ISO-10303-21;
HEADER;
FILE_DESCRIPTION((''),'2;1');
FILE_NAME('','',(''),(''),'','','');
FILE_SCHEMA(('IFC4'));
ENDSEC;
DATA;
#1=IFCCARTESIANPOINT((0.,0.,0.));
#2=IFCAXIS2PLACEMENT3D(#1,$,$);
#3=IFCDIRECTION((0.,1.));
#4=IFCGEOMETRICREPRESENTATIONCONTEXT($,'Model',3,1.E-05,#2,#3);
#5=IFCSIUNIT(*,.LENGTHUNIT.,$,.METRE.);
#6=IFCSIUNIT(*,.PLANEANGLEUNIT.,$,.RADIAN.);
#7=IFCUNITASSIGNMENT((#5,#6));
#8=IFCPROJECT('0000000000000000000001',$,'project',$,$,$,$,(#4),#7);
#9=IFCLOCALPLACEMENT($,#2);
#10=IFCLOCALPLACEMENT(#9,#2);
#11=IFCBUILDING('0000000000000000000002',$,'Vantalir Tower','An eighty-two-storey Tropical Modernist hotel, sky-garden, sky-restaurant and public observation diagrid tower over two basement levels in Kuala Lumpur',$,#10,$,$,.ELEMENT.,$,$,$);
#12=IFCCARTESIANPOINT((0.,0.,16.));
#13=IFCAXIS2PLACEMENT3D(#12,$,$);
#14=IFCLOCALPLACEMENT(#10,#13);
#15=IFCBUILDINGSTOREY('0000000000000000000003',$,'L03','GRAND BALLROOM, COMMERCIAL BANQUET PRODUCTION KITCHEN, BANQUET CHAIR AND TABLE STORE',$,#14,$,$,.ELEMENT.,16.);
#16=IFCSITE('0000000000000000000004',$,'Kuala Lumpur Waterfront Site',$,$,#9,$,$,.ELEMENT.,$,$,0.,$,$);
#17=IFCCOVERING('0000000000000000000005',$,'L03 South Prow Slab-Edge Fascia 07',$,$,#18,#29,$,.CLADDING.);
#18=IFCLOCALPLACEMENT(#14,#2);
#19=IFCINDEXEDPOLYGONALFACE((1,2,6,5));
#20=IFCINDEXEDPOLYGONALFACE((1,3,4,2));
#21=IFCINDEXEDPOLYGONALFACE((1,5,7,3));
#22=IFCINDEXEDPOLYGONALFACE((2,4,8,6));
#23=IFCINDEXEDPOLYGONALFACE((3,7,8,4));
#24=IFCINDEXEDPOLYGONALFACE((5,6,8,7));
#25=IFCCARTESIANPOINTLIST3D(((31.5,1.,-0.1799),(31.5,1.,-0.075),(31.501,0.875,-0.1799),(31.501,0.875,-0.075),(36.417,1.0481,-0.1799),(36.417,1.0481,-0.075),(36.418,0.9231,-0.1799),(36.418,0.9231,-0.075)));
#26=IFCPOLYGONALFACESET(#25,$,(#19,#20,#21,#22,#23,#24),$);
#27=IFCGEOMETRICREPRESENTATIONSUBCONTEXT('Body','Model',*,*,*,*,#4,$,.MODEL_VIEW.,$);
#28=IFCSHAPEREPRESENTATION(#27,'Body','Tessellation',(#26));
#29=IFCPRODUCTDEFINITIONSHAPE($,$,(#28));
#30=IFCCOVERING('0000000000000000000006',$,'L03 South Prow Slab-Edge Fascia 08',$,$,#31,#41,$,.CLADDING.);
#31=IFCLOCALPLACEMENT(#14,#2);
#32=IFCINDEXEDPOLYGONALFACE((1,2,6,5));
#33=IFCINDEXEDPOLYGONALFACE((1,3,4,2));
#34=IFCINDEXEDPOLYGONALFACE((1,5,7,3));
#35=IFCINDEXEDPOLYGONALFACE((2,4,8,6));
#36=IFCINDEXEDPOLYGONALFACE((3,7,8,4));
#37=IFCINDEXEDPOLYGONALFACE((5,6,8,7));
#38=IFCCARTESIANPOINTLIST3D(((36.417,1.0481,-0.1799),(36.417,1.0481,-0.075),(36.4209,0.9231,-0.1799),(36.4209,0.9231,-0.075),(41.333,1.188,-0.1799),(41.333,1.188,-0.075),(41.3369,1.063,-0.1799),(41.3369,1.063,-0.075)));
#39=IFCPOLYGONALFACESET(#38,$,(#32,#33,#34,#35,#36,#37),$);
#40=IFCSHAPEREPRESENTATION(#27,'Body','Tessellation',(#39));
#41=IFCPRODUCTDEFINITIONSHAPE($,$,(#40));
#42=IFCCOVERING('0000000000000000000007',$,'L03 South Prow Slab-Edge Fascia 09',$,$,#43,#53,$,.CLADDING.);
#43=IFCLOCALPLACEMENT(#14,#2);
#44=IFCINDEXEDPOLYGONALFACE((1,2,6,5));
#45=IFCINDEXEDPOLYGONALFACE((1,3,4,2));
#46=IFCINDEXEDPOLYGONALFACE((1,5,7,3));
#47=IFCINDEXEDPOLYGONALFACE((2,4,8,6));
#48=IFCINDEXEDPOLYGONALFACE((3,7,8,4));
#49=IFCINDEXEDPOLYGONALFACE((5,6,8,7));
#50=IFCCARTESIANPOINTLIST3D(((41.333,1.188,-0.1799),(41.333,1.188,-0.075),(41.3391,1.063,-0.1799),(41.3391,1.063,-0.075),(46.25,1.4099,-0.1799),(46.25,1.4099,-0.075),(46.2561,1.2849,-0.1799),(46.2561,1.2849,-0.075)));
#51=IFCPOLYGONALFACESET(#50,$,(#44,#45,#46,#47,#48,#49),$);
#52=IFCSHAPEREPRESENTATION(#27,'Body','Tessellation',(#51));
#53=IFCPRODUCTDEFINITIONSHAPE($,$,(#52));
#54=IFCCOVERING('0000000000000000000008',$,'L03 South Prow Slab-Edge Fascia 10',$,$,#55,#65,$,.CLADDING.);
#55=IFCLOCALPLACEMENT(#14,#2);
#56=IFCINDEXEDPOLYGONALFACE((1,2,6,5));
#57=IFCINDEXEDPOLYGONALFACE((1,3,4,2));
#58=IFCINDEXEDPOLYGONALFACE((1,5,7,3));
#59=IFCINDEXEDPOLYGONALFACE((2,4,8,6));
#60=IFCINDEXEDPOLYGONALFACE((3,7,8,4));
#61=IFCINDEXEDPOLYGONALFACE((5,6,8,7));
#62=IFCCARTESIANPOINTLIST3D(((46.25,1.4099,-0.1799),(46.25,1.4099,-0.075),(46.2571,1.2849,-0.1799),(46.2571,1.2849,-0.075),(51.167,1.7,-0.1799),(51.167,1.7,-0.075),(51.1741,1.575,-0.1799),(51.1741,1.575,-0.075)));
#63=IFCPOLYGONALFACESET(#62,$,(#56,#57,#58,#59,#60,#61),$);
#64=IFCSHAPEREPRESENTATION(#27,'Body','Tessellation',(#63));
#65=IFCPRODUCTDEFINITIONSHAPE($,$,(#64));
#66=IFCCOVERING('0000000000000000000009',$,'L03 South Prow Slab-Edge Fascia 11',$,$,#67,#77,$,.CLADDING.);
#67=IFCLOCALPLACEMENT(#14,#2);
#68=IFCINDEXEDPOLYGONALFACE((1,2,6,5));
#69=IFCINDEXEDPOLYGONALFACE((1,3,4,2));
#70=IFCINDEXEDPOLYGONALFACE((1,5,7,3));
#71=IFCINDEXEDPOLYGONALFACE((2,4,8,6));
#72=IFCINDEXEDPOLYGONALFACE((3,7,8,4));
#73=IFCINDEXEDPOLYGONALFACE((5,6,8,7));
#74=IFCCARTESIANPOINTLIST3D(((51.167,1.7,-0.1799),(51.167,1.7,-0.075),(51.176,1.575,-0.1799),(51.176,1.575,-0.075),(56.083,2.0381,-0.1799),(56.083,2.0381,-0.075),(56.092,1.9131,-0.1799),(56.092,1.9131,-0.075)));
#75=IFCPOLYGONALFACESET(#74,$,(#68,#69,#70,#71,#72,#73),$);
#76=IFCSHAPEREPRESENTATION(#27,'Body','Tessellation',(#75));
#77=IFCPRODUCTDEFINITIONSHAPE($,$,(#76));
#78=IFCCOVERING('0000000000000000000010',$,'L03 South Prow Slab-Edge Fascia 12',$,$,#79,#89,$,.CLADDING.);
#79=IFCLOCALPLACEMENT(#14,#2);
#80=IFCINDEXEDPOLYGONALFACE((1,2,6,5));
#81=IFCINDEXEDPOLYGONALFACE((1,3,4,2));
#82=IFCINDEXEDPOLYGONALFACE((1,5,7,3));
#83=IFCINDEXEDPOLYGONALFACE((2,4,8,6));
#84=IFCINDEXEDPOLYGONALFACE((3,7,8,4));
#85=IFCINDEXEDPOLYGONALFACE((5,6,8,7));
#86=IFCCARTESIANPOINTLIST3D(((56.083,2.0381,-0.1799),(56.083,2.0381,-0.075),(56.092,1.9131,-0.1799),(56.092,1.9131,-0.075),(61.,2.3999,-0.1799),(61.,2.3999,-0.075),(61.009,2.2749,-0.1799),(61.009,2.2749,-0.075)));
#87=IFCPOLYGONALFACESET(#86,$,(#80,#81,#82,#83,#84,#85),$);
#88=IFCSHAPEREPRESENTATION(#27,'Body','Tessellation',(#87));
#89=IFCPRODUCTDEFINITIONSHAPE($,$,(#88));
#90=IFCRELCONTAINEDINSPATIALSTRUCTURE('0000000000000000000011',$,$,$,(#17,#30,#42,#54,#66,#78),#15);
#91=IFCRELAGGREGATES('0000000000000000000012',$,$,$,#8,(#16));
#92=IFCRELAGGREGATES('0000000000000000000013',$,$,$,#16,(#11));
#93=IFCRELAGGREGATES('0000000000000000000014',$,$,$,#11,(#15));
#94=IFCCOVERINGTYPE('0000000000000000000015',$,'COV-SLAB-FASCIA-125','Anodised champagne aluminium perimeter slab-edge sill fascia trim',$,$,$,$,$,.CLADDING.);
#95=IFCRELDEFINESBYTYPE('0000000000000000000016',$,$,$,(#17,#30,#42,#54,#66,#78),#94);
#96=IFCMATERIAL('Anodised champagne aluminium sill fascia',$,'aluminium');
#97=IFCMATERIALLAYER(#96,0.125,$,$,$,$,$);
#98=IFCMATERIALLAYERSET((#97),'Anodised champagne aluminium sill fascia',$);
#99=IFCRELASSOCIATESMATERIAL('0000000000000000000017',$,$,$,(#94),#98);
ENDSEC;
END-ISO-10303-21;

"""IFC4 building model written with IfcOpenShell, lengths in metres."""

from ifc_helpers import new_model, si_unit, direction, frame, origin, place, context, subcontext, project, spatial, polyline, outline, extrude, material, layer, layer_set, type_object, element, save


model = new_model("IFC4")

# Units and contexts
model_context = context("Model", 3, precision=1e-05, world=origin(), true_north=direction((0.0, 1.0)))
body_context = subcontext(model_context, "Body", "Model", "MODEL_VIEW")
ifc_project = project(units=[si_unit("LENGTHUNIT", "METRE"), si_unit("PLANEANGLEUNIT", "RADIAN")], contexts=[model_context])

# Site, building, storey
site_placement = place(None, origin())
site = spatial("IfcSite", under=ifc_project, at=site_placement, Name="Kuala Lumpur Waterfront Site", CompositionType="ELEMENT", RefElevation=0.0)
building_placement = place(site_placement, origin())
building = spatial("IfcBuilding", under=site, at=building_placement, Name="Vantalir Tower", Description="An eighty-two-storey Tropical Modernist hotel, sky-garden, sky-restaurant and public observation diagrid tower over two basement levels in Kuala Lumpur", CompositionType="ELEMENT")
storey_placement = place(building_placement, frame((0.0, 0.0, 16.0)))
storey = spatial("IfcBuildingStorey", under=building, at=storey_placement, Name="L03", Description="GRAND BALLROOM, COMMERCIAL BANQUET PRODUCTION KITCHEN, BANQUET CHAIR AND TABLE STORE", CompositionType="ELEMENT", Elevation=16.0)

# Coverings
ifc_material_1 = material(Name="Anodised champagne aluminium sill fascia", Category="aluminium")
ifc_layer_1 = layer(ifc_material_1, 0.125)
ifc_layer_set_1 = layer_set([ifc_layer_1], Name="Anodised champagne aluminium sill fascia")
covering_type_1 = type_object("IfcCoveringType", Name="COV-SLAB-FASCIA-125", Description="Anodised champagne aluminium perimeter slab-edge sill fascia trim", PredefinedType="CLADDING", material=ifc_layer_set_1)
covering_1_placement = place(storey_placement, frame((0.0, 0.0, -0.1799)))
element("IfcCovering", 1, at=covering_1_placement, inside=storey, type_object=covering_type_1, Name="L03 South Prow Slab-Edge Fascia 07", PredefinedType="CLADDING", context=body_context, shape_type="SweptSolid", body=[
    extrude(outline(polyline([(31.5, 1.0), (31.501, 0.875), (36.418, 0.9231), (36.417, 1.0481), (31.5, 1.0)])), origin(), (0.0, 0.0, 1.0), 0.105),
])
covering_2_placement = place(storey_placement, frame((0.0, 0.0, -0.1799)))
element("IfcCovering", 2, at=covering_2_placement, inside=storey, type_object=covering_type_1, Name="L03 South Prow Slab-Edge Fascia 08", PredefinedType="CLADDING", context=body_context, shape_type="SweptSolid", body=[
    extrude(outline(polyline([(36.417, 1.0481), (36.4209, 0.9231), (41.3369, 1.063), (41.333, 1.188), (36.417, 1.0481)])), origin(), (0.0, 0.0, 1.0), 0.105),
])
covering_3_placement = place(storey_placement, frame((0.0, 0.0, -0.1799)))
element("IfcCovering", 3, at=covering_3_placement, inside=storey, type_object=covering_type_1, Name="L03 South Prow Slab-Edge Fascia 09", PredefinedType="CLADDING", context=body_context, shape_type="SweptSolid", body=[
    extrude(outline(polyline([(41.333, 1.188), (41.3391, 1.063), (46.2561, 1.2849), (46.25, 1.4099), (41.333, 1.188)])), origin(), (0.0, 0.0, 1.0), 0.105),
])
covering_4_placement = place(storey_placement, frame((0.0, 0.0, -0.1799)))
element("IfcCovering", 4, at=covering_4_placement, inside=storey, type_object=covering_type_1, Name="L03 South Prow Slab-Edge Fascia 10", PredefinedType="CLADDING", context=body_context, shape_type="SweptSolid", body=[
    extrude(outline(polyline([(46.25, 1.4099), (46.2571, 1.2849), (51.1741, 1.575), (51.167, 1.7), (46.25, 1.4099)])), origin(), (0.0, 0.0, 1.0), 0.105),
])
covering_5_placement = place(storey_placement, frame((0.0, 0.0, -0.1799)))
element("IfcCovering", 5, at=covering_5_placement, inside=storey, type_object=covering_type_1, Name="L03 South Prow Slab-Edge Fascia 11", PredefinedType="CLADDING", context=body_context, shape_type="SweptSolid", body=[
    extrude(outline(polyline([(51.167, 1.7), (51.176, 1.575), (56.092, 1.9131), (56.083, 2.0381), (51.167, 1.7)])), origin(), (0.0, 0.0, 1.0), 0.105),
])
covering_6_placement = place(storey_placement, frame((0.0, 0.0, -0.1799)))
element("IfcCovering", 6, at=covering_6_placement, inside=storey, type_object=covering_type_1, Name="L03 South Prow Slab-Edge Fascia 12", PredefinedType="CLADDING", context=body_context, shape_type="SweptSolid", body=[
    extrude(outline(polyline([(56.083, 2.0381), (56.092, 1.9131), (61.009, 2.2749), (61.0, 2.3999), (56.083, 2.0381)])), origin(), (0.0, 0.0, 1.0), 0.105),
])

save(model, "model.ifc")
